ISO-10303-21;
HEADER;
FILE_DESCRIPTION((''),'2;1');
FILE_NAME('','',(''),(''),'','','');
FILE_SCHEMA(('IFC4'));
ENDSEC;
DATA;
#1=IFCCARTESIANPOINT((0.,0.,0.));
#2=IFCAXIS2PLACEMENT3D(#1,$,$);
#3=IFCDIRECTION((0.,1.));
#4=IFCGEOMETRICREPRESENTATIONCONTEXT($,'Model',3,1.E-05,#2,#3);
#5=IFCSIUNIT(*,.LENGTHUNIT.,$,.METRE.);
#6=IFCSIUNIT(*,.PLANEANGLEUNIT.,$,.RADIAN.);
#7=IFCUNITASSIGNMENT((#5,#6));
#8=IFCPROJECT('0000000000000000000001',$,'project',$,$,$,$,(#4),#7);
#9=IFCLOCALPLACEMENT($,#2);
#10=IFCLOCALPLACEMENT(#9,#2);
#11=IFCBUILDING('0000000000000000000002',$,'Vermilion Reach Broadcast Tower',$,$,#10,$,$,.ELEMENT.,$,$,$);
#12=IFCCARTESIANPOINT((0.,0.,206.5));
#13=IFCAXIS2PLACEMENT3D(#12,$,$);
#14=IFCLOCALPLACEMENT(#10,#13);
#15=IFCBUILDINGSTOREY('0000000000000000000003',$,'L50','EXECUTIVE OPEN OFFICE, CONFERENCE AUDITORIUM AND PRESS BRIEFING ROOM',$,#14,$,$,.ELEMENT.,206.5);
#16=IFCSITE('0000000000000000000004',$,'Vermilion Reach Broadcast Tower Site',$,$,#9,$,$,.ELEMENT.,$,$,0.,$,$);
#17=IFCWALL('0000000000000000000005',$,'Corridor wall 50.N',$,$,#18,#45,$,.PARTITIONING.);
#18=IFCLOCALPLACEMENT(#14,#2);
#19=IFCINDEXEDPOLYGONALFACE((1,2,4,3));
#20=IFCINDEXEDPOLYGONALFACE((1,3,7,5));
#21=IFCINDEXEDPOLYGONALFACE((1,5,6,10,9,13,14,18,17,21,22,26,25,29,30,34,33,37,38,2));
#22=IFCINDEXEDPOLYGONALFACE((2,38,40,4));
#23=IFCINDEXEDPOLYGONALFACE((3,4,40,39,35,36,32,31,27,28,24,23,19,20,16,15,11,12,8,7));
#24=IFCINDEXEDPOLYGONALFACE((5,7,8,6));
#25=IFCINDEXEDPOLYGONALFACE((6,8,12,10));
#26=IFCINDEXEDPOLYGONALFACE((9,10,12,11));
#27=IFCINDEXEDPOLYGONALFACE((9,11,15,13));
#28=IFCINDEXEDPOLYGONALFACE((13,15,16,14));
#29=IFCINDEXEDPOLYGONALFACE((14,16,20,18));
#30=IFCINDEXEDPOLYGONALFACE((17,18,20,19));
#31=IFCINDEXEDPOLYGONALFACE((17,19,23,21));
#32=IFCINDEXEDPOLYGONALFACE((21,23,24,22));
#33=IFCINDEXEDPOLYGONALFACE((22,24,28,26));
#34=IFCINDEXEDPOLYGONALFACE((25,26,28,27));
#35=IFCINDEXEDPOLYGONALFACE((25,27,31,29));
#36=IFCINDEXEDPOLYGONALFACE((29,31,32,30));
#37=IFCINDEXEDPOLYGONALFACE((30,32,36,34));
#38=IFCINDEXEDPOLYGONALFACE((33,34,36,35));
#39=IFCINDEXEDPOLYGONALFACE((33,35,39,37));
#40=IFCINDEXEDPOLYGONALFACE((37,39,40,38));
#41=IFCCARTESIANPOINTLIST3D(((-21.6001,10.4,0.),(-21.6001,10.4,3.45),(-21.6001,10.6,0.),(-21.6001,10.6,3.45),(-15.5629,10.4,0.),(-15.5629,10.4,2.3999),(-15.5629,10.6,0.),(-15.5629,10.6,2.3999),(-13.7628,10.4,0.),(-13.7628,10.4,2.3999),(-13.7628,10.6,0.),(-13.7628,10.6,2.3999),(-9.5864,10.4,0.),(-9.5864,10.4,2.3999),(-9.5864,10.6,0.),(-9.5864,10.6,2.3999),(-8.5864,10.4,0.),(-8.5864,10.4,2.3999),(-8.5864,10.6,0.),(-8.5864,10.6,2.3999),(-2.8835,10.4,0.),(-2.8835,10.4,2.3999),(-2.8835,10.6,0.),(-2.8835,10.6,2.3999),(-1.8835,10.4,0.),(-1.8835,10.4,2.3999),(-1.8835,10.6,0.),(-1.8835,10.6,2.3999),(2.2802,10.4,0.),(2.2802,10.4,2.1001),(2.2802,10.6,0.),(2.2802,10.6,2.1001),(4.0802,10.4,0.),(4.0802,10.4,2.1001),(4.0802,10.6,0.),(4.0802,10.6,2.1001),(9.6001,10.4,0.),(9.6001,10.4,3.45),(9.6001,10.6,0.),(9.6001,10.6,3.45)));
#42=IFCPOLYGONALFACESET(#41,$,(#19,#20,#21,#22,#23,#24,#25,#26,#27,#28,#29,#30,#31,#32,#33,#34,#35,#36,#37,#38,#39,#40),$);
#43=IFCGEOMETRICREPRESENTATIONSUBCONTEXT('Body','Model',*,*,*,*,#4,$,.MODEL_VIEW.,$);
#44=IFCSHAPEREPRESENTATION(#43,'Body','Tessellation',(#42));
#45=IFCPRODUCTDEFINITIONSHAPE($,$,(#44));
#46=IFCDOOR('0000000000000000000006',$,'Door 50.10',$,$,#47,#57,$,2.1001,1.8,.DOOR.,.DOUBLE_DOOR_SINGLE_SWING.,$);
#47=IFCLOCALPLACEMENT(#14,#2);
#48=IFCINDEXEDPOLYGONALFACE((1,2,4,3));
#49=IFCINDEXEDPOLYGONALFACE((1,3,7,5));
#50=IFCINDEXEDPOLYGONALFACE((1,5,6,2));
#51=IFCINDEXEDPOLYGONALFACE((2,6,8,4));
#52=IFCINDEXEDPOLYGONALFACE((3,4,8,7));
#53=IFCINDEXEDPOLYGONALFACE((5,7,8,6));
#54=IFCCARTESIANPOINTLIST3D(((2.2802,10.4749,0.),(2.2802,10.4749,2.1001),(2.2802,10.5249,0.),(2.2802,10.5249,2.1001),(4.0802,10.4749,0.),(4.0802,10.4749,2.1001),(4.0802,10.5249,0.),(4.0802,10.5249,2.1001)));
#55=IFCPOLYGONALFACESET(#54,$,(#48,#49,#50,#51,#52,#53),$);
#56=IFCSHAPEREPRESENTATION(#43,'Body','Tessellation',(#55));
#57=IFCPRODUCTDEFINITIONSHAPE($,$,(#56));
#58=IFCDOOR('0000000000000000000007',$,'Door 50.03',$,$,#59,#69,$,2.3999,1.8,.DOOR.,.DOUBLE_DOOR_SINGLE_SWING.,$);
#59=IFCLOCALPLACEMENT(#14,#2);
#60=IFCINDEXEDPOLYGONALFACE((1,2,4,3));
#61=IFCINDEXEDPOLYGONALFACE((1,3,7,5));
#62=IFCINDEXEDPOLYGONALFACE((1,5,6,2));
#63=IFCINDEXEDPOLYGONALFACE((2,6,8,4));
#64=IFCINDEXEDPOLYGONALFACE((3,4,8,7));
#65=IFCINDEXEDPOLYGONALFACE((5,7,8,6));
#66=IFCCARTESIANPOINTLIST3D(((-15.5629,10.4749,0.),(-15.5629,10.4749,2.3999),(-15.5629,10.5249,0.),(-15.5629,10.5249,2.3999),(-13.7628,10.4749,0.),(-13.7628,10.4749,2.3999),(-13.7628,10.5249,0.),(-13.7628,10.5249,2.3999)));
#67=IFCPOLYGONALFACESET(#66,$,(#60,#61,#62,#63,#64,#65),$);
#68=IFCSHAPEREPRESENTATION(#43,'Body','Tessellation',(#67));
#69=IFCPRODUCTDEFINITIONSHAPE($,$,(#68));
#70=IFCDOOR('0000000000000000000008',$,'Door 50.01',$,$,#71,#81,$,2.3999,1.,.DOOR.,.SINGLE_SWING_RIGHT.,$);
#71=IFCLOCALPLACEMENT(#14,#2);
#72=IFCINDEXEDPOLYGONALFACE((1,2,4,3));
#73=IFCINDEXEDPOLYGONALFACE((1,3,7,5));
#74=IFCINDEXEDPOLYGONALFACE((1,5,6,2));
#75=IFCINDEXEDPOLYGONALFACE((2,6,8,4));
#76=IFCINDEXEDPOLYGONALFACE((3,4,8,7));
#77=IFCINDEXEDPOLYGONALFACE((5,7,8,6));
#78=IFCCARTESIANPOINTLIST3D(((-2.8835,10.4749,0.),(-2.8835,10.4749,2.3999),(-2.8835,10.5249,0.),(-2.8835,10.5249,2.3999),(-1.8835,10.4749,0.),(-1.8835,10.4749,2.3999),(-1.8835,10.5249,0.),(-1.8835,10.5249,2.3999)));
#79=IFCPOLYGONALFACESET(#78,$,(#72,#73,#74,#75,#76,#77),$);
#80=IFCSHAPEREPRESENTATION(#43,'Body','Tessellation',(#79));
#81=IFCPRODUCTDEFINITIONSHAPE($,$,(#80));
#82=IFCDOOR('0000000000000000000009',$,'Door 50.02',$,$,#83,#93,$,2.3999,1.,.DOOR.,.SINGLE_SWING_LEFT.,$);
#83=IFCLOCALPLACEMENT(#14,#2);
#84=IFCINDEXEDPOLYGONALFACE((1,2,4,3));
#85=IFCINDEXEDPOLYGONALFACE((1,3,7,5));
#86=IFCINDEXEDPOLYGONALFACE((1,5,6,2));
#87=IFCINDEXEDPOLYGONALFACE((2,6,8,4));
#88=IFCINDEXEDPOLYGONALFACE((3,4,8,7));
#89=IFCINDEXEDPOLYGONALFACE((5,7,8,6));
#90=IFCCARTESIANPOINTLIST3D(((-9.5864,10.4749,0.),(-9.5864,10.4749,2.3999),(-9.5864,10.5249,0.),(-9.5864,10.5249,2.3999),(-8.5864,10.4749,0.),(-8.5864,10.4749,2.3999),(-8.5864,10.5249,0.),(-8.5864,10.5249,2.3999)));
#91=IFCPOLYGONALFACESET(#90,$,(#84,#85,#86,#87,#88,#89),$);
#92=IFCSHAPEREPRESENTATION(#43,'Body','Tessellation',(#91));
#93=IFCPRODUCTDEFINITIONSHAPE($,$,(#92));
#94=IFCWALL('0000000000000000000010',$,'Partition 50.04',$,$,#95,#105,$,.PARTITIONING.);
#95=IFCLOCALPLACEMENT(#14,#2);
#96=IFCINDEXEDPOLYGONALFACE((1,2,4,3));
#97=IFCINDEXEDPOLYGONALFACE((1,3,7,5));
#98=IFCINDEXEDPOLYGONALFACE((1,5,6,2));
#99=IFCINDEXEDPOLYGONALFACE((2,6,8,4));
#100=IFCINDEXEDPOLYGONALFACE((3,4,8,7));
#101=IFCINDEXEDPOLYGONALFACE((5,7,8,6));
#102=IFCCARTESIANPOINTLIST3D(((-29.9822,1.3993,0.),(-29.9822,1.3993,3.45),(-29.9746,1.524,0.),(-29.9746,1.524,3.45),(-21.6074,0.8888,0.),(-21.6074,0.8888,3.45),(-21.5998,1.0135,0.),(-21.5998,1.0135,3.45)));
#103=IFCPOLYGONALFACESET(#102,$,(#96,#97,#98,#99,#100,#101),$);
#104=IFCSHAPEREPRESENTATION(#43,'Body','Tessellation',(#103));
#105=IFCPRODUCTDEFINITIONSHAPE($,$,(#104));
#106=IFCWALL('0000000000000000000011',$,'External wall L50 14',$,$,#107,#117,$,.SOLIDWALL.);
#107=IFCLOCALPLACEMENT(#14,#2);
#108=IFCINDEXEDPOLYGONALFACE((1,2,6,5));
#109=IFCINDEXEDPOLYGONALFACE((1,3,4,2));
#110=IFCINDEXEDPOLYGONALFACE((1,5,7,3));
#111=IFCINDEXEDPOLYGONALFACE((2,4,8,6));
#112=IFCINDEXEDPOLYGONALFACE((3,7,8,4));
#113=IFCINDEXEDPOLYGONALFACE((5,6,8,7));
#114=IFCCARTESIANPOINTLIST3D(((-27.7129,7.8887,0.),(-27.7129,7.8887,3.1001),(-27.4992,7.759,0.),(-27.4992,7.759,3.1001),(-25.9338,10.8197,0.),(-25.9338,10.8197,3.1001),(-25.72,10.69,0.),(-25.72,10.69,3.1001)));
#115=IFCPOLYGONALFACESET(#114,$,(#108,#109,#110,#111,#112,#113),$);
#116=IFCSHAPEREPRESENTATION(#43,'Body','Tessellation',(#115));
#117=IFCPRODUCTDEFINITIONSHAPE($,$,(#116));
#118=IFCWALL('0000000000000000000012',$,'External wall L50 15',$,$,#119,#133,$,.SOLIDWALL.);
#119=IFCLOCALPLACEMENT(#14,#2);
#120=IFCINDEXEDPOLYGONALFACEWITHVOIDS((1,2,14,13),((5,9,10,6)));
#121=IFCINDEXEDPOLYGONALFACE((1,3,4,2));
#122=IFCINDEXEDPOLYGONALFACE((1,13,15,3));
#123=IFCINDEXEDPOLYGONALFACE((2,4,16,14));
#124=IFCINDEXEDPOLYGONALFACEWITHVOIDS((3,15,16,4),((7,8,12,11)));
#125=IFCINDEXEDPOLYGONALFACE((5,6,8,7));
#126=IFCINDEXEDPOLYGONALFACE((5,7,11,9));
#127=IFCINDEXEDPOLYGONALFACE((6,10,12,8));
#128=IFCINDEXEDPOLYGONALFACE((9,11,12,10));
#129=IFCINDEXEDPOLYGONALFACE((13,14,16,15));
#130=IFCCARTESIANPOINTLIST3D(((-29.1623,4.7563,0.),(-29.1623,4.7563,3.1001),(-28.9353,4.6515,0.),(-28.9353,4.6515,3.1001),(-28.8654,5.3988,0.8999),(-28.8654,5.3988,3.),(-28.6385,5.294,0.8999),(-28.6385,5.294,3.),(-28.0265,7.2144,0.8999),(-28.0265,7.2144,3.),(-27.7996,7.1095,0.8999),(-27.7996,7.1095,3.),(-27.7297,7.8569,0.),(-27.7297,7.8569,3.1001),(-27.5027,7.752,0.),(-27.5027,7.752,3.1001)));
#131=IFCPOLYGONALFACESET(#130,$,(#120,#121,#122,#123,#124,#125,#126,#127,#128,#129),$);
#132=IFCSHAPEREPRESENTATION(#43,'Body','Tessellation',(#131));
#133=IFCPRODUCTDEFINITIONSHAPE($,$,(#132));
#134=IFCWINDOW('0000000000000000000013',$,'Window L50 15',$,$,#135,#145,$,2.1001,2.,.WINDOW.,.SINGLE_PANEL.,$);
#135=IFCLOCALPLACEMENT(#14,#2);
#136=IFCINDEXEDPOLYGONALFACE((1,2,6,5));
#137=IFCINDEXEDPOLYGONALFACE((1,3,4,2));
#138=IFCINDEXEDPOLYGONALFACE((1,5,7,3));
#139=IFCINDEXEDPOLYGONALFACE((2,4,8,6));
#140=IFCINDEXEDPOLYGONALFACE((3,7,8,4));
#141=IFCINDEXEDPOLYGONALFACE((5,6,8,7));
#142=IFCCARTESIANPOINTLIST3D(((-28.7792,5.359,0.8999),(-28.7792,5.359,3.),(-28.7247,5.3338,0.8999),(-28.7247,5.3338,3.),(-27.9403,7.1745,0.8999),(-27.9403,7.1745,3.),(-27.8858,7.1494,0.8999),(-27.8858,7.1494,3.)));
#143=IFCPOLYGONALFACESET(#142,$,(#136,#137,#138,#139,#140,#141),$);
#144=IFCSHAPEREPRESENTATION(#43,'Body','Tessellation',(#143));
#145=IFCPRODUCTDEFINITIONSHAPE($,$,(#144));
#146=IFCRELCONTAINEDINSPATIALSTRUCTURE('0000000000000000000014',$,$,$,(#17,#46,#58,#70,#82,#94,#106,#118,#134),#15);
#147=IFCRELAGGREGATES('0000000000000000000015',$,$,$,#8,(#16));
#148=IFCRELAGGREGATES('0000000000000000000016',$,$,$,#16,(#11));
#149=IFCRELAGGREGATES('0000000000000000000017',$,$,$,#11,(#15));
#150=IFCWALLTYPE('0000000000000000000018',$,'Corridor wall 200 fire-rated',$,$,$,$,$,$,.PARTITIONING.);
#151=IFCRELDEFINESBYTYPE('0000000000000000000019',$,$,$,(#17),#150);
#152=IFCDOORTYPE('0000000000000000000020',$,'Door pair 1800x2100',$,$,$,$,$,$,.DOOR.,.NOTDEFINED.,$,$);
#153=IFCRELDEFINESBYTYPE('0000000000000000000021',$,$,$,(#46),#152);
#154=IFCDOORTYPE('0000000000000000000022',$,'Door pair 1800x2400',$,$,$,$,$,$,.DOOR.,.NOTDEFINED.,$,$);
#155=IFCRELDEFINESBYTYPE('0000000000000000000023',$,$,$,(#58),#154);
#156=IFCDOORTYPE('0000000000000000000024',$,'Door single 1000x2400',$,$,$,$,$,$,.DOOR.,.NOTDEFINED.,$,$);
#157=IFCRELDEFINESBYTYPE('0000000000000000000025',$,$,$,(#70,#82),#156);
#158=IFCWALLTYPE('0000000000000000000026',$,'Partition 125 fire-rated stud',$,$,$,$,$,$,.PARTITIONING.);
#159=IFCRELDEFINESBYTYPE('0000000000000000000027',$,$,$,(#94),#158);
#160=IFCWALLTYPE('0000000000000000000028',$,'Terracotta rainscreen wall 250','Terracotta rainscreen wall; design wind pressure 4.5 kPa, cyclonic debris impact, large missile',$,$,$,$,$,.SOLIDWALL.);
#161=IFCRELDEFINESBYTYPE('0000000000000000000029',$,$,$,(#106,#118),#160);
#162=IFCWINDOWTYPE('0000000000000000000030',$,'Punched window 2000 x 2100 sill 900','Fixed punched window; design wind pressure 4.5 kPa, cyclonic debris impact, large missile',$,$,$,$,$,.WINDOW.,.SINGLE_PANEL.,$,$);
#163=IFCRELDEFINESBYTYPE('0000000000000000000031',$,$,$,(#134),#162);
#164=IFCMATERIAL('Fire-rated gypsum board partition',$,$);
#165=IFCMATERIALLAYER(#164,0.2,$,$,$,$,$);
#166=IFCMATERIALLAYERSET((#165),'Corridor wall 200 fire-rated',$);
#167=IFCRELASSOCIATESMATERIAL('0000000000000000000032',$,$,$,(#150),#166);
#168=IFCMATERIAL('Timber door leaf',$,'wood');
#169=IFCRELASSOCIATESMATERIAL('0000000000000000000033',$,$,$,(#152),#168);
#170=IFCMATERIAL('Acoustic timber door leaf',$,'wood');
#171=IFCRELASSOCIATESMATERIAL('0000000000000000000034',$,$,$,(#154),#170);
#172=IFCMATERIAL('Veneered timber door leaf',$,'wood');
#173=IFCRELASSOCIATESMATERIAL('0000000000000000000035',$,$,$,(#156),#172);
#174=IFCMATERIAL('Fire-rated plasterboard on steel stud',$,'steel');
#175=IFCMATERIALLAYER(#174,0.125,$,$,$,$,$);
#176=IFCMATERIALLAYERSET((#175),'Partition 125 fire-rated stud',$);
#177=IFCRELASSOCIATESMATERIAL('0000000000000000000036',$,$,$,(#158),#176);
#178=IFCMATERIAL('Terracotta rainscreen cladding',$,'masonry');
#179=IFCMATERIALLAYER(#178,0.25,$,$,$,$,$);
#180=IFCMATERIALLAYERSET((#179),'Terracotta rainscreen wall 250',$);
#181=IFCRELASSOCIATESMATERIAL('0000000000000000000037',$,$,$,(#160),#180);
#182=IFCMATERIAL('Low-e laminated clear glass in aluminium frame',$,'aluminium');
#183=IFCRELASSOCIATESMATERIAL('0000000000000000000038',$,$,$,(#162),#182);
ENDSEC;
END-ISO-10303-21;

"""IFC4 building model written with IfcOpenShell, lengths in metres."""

from ifc_helpers import new_model, si_unit, direction, frame, frame_2d, origin, place, context, subcontext, project, spatial, rectangle, extrude, material, layer, layer_set, type_object, element, fill, save


model = new_model("IFC4")

# Units and contexts
model_context = context("Model", 3, precision=1e-05, world=origin(), true_north=direction((0.0, 1.0)))
body_context = subcontext(model_context, "Body", "Model", "MODEL_VIEW")
ifc_project = project(units=[si_unit("LENGTHUNIT", "METRE"), si_unit("PLANEANGLEUNIT", "RADIAN")], contexts=[model_context])

# Site, building, storey
site_placement = place(None, origin())
site = spatial("IfcSite", under=ifc_project, at=site_placement, Name="Vermilion Reach Broadcast Tower Site", CompositionType="ELEMENT", RefElevation=0.0)
building_placement = place(site_placement, origin())
building = spatial("IfcBuilding", under=site, at=building_placement, Name="Vermilion Reach Broadcast Tower", CompositionType="ELEMENT")
storey_placement = place(building_placement, frame((0.0, 0.0, 206.5)))
storey = spatial("IfcBuildingStorey", under=building, at=storey_placement, Name="L50", Description="EXECUTIVE OPEN OFFICE, CONFERENCE AUDITORIUM AND PRESS BRIEFING ROOM", CompositionType="ELEMENT", Elevation=206.5)

# Wall, openings, doors
ifc_material_1 = material(Name="Fire-rated gypsum board partition")
ifc_layer_1 = layer(ifc_material_1, 0.2)
ifc_layer_set_1 = layer_set([ifc_layer_1], Name="Corridor wall 200 fire-rated")
wall_type_1 = type_object("IfcWallType", Name="Corridor wall 200 fire-rated", PredefinedType="PARTITIONING", material=ifc_layer_set_1)
wall_1_placement = place(storey_placement, frame((-21.6001, 10.5, 0.0), z_axis=(0.0, 0.0, 1.0), x_axis=(1.0, 0.0, 0.0)))
wall_1 = element("IfcWall", 1, at=wall_1_placement, inside=storey, type_object=wall_type_1, Name="Corridor wall 50.N", PredefinedType="PARTITIONING", context=body_context, shape_type="SweptSolid", body=[
    extrude(rectangle(XDim=31.2002, YDim=0.2, at=frame_2d((15.6001, 0.0))), origin(), (0.0, 0.0, 1.0), 3.45),
])
opening_1_placement = place(wall_1_placement, frame((18.7166, 0.0, 0.0)))
opening_1 = element("IfcOpeningElement", 2, at=opening_1_placement, cuts=wall_1, PredefinedType="OPENING", context=body_context, shape_type="SweptSolid", body=[
    extrude(rectangle(XDim=1.0, YDim=2.3999, at=frame_2d((0.5, 1.2))), frame((0.0, 0.1099, 0.0), z_axis=(0.0, -1.0, 0.0), x_axis=(1.0, 0.0, 0.0)), (0.0, 0.0, 1.0), 0.22),
])
opening_2_placement = place(wall_1_placement, frame((12.0137, 0.0, 0.0)))
opening_2 = element("IfcOpeningElement", 3, at=opening_2_placement, cuts=wall_1, PredefinedType="OPENING", context=body_context, shape_type="SweptSolid", body=[
    extrude(rectangle(XDim=1.0, YDim=2.3999, at=frame_2d((0.5, 1.2))), frame((0.0, 0.1099, 0.0), z_axis=(0.0, -1.0, 0.0), x_axis=(1.0, 0.0, 0.0)), (0.0, 0.0, 1.0), 0.22),
])
opening_3_placement = place(wall_1_placement, frame((6.0374, 0.0, 0.0)))
opening_3 = element("IfcOpeningElement", 4, at=opening_3_placement, cuts=wall_1, PredefinedType="OPENING", context=body_context, shape_type="SweptSolid", body=[
    extrude(rectangle(XDim=1.8, YDim=2.3999, at=frame_2d((0.8999, 1.2))), frame((0.0, 0.1099, 0.0), z_axis=(0.0, -1.0, 0.0), x_axis=(1.0, 0.0, 0.0)), (0.0, 0.0, 1.0), 0.22),
])
opening_4_placement = place(wall_1_placement, frame((23.8804, 0.0, 0.0)))
opening_4 = element("IfcOpeningElement", 5, at=opening_4_placement, cuts=wall_1, PredefinedType="OPENING", context=body_context, shape_type="SweptSolid", body=[
    extrude(rectangle(XDim=1.8, YDim=2.1001, at=frame_2d((0.8999, 1.05))), frame((0.0, 0.1099, 0.0), z_axis=(0.0, -1.0, 0.0), x_axis=(1.0, 0.0, 0.0)), (0.0, 0.0, 1.0), 0.22),
])
ifc_material_2 = material(Name="Timber door leaf", Category="wood")
door_type_1 = type_object("IfcDoorType", Name="Door pair 1800x2100", OperationType="NOTDEFINED", PredefinedType="DOOR", material=ifc_material_2)
door_1_placement = place(opening_4_placement, origin())
door_1 = element("IfcDoor", 6, at=door_1_placement, inside=storey, type_object=door_type_1, Name="Door 50.10", OperationType="DOUBLE_DOOR_SINGLE_SWING", OverallHeight=2.1001, OverallWidth=1.8, PredefinedType="DOOR", context=body_context, shape_type="SweptSolid", body=[
    extrude(rectangle(XDim=1.8, YDim=2.1001, at=frame_2d((0.8999, 1.05))), frame((0.0, 0.0249, 0.0), z_axis=(0.0, -1.0, 0.0), x_axis=(1.0, 0.0, 0.0)), (0.0, 0.0, 1.0), 0.05),
])
fill(opening_4, door_1)
ifc_material_3 = material(Name="Acoustic timber door leaf", Category="wood")
door_type_2 = type_object("IfcDoorType", Name="Door pair 1800x2400", OperationType="NOTDEFINED", PredefinedType="DOOR", material=ifc_material_3)
door_2_placement = place(opening_3_placement, origin())
door_2 = element("IfcDoor", 7, at=door_2_placement, inside=storey, type_object=door_type_2, Name="Door 50.03", OperationType="DOUBLE_DOOR_SINGLE_SWING", OverallHeight=2.3999, OverallWidth=1.8, PredefinedType="DOOR", context=body_context, shape_type="SweptSolid", body=[
    extrude(rectangle(XDim=1.8, YDim=2.3999, at=frame_2d((0.8999, 1.2))), frame((0.0, 0.0249, 0.0), z_axis=(0.0, -1.0, 0.0), x_axis=(1.0, 0.0, 0.0)), (0.0, 0.0, 1.0), 0.05),
])
fill(opening_3, door_2)
ifc_material_4 = material(Name="Veneered timber door leaf", Category="wood")
door_type_3 = type_object("IfcDoorType", Name="Door single 1000x2400", OperationType="NOTDEFINED", PredefinedType="DOOR", material=ifc_material_4)
door_3_placement = place(opening_1_placement, origin())
door_3 = element("IfcDoor", 8, at=door_3_placement, inside=storey, type_object=door_type_3, Name="Door 50.01", OperationType="SINGLE_SWING_RIGHT", OverallHeight=2.3999, OverallWidth=1.0, PredefinedType="DOOR", context=body_context, shape_type="SweptSolid", body=[
    extrude(rectangle(XDim=1.0, YDim=2.3999, at=frame_2d((0.5, 1.2))), frame((0.0, 0.0249, 0.0), z_axis=(0.0, -1.0, 0.0), x_axis=(1.0, 0.0, 0.0)), (0.0, 0.0, 1.0), 0.05),
])
fill(opening_1, door_3)
door_4_placement = place(opening_2_placement, origin())
door_4 = element("IfcDoor", 9, at=door_4_placement, inside=storey, type_object=door_type_3, Name="Door 50.02", OperationType="SINGLE_SWING_LEFT", OverallHeight=2.3999, OverallWidth=1.0, PredefinedType="DOOR", context=body_context, shape_type="SweptSolid", body=[
    extrude(rectangle(XDim=1.0, YDim=2.3999, at=frame_2d((0.5, 1.2))), frame((0.0, 0.0249, 0.0), z_axis=(0.0, -1.0, 0.0), x_axis=(1.0, 0.0, 0.0)), (0.0, 0.0, 1.0), 0.05),
])
fill(opening_2, door_4)

# Walls
ifc_material_5 = material(Name="Fire-rated plasterboard on steel stud", Category="steel")
ifc_layer_2 = layer(ifc_material_5, 0.125)
ifc_layer_set_2 = layer_set([ifc_layer_2], Name="Partition 125 fire-rated stud")
wall_type_2 = type_object("IfcWallType", Name="Partition 125 fire-rated stud", PredefinedType="PARTITIONING", material=ifc_layer_set_2)
wall_2_placement = place(storey_placement, frame((-29.9785, 1.4617, 0.0), z_axis=(0.0, 0.0, 1.0), x_axis=(0.998147, -0.060844, 0.0)))
element("IfcWall", 10, at=wall_2_placement, inside=storey, type_object=wall_type_2, Name="Partition 50.04", PredefinedType="PARTITIONING", context=body_context, shape_type="SweptSolid", body=[
    extrude(rectangle(XDim=8.3904, YDim=0.125, at=frame_2d((4.1953, 0.0))), origin(), (0.0, 0.0, 1.0), 3.45),
])
ifc_material_6 = material(Name="Terracotta rainscreen cladding", Category="masonry")
ifc_layer_3 = layer(ifc_material_6, 0.25)
ifc_layer_set_3 = layer_set([ifc_layer_3], Name="Terracotta rainscreen wall 250")
wall_type_3 = type_object("IfcWallType", Name="Terracotta rainscreen wall 250", Description="Terracotta rainscreen wall; design wind pressure 4.5 kPa, cyclonic debris impact, large missile", PredefinedType="SOLIDWALL", material=ifc_layer_set_3)
wall_3_placement = place(storey_placement, frame((-25.8269, 10.7549, 0.0), z_axis=(0.0, 0.0, 1.0), x_axis=(-0.518887, -0.854843, 0.0)))
element("IfcWall", 11, at=wall_3_placement, inside=storey, type_object=wall_type_3, Name="External wall L50 14", PredefinedType="SOLIDWALL", context=body_context, shape_type="SweptSolid", body=[
    extrude(rectangle(XDim=3.4287, YDim=0.25, at=frame_2d((1.7144, 0.0))), origin(), (0.0, 0.0, 1.0), 3.1001),
])

# Wall, opening, window
wall_4_placement = place(storey_placement, frame((-27.6162, 7.8044, 0.0), z_axis=(0.0, 0.0, 1.0), x_axis=(-0.419439, -0.907784, 0.0)))
wall_4 = element("IfcWall", 12, at=wall_4_placement, inside=storey, type_object=wall_type_3, Name="External wall L50 15", PredefinedType="SOLIDWALL", context=body_context, shape_type="SweptSolid", body=[
    extrude(rectangle(XDim=3.4155, YDim=0.25, at=frame_2d((1.7078, 0.0))), origin(), (0.0, 0.0, 1.0), 3.1001),
])
opening_5_placement = place(wall_4_placement, frame((0.7078, 0.0, 0.8999)))
opening_5 = element("IfcOpeningElement", 13, at=opening_5_placement, cuts=wall_4, PredefinedType="OPENING", context=body_context, shape_type="SweptSolid", body=[
    extrude(rectangle(XDim=2.0, YDim=2.1001, at=frame_2d((1.0, 1.05))), frame((0.0, 0.135, 0.0), z_axis=(0.0, -1.0, 0.0), x_axis=(1.0, 0.0, 0.0)), (0.0, 0.0, 1.0), 0.27),
])
ifc_material_7 = material(Name="Low-e laminated clear glass in aluminium frame", Category="aluminium")
window_type = type_object("IfcWindowType", Name="Punched window 2000 x 2100 sill 900", Description="Fixed punched window; design wind pressure 4.5 kPa, cyclonic debris impact, large missile", PartitioningType="SINGLE_PANEL", PredefinedType="WINDOW", material=ifc_material_7)
window_1_placement = place(opening_5_placement, origin())
window_1 = element("IfcWindow", 14, at=window_1_placement, inside=storey, type_object=window_type, Name="Window L50 15", OverallHeight=2.1001, OverallWidth=2.0, PartitioningType="SINGLE_PANEL", PredefinedType="WINDOW", context=body_context, shape_type="SweptSolid", body=[
    extrude(rectangle(XDim=2.0, YDim=2.1001, at=frame_2d((1.0, 1.05))), frame((0.0, 0.03, 0.0), z_axis=(0.0, -1.0, 0.0), x_axis=(1.0, 0.0, 0.0)), (0.0, 0.0, 1.0), 0.0601),
])
fill(opening_5, window_1)

save(model, "model.ifc")
